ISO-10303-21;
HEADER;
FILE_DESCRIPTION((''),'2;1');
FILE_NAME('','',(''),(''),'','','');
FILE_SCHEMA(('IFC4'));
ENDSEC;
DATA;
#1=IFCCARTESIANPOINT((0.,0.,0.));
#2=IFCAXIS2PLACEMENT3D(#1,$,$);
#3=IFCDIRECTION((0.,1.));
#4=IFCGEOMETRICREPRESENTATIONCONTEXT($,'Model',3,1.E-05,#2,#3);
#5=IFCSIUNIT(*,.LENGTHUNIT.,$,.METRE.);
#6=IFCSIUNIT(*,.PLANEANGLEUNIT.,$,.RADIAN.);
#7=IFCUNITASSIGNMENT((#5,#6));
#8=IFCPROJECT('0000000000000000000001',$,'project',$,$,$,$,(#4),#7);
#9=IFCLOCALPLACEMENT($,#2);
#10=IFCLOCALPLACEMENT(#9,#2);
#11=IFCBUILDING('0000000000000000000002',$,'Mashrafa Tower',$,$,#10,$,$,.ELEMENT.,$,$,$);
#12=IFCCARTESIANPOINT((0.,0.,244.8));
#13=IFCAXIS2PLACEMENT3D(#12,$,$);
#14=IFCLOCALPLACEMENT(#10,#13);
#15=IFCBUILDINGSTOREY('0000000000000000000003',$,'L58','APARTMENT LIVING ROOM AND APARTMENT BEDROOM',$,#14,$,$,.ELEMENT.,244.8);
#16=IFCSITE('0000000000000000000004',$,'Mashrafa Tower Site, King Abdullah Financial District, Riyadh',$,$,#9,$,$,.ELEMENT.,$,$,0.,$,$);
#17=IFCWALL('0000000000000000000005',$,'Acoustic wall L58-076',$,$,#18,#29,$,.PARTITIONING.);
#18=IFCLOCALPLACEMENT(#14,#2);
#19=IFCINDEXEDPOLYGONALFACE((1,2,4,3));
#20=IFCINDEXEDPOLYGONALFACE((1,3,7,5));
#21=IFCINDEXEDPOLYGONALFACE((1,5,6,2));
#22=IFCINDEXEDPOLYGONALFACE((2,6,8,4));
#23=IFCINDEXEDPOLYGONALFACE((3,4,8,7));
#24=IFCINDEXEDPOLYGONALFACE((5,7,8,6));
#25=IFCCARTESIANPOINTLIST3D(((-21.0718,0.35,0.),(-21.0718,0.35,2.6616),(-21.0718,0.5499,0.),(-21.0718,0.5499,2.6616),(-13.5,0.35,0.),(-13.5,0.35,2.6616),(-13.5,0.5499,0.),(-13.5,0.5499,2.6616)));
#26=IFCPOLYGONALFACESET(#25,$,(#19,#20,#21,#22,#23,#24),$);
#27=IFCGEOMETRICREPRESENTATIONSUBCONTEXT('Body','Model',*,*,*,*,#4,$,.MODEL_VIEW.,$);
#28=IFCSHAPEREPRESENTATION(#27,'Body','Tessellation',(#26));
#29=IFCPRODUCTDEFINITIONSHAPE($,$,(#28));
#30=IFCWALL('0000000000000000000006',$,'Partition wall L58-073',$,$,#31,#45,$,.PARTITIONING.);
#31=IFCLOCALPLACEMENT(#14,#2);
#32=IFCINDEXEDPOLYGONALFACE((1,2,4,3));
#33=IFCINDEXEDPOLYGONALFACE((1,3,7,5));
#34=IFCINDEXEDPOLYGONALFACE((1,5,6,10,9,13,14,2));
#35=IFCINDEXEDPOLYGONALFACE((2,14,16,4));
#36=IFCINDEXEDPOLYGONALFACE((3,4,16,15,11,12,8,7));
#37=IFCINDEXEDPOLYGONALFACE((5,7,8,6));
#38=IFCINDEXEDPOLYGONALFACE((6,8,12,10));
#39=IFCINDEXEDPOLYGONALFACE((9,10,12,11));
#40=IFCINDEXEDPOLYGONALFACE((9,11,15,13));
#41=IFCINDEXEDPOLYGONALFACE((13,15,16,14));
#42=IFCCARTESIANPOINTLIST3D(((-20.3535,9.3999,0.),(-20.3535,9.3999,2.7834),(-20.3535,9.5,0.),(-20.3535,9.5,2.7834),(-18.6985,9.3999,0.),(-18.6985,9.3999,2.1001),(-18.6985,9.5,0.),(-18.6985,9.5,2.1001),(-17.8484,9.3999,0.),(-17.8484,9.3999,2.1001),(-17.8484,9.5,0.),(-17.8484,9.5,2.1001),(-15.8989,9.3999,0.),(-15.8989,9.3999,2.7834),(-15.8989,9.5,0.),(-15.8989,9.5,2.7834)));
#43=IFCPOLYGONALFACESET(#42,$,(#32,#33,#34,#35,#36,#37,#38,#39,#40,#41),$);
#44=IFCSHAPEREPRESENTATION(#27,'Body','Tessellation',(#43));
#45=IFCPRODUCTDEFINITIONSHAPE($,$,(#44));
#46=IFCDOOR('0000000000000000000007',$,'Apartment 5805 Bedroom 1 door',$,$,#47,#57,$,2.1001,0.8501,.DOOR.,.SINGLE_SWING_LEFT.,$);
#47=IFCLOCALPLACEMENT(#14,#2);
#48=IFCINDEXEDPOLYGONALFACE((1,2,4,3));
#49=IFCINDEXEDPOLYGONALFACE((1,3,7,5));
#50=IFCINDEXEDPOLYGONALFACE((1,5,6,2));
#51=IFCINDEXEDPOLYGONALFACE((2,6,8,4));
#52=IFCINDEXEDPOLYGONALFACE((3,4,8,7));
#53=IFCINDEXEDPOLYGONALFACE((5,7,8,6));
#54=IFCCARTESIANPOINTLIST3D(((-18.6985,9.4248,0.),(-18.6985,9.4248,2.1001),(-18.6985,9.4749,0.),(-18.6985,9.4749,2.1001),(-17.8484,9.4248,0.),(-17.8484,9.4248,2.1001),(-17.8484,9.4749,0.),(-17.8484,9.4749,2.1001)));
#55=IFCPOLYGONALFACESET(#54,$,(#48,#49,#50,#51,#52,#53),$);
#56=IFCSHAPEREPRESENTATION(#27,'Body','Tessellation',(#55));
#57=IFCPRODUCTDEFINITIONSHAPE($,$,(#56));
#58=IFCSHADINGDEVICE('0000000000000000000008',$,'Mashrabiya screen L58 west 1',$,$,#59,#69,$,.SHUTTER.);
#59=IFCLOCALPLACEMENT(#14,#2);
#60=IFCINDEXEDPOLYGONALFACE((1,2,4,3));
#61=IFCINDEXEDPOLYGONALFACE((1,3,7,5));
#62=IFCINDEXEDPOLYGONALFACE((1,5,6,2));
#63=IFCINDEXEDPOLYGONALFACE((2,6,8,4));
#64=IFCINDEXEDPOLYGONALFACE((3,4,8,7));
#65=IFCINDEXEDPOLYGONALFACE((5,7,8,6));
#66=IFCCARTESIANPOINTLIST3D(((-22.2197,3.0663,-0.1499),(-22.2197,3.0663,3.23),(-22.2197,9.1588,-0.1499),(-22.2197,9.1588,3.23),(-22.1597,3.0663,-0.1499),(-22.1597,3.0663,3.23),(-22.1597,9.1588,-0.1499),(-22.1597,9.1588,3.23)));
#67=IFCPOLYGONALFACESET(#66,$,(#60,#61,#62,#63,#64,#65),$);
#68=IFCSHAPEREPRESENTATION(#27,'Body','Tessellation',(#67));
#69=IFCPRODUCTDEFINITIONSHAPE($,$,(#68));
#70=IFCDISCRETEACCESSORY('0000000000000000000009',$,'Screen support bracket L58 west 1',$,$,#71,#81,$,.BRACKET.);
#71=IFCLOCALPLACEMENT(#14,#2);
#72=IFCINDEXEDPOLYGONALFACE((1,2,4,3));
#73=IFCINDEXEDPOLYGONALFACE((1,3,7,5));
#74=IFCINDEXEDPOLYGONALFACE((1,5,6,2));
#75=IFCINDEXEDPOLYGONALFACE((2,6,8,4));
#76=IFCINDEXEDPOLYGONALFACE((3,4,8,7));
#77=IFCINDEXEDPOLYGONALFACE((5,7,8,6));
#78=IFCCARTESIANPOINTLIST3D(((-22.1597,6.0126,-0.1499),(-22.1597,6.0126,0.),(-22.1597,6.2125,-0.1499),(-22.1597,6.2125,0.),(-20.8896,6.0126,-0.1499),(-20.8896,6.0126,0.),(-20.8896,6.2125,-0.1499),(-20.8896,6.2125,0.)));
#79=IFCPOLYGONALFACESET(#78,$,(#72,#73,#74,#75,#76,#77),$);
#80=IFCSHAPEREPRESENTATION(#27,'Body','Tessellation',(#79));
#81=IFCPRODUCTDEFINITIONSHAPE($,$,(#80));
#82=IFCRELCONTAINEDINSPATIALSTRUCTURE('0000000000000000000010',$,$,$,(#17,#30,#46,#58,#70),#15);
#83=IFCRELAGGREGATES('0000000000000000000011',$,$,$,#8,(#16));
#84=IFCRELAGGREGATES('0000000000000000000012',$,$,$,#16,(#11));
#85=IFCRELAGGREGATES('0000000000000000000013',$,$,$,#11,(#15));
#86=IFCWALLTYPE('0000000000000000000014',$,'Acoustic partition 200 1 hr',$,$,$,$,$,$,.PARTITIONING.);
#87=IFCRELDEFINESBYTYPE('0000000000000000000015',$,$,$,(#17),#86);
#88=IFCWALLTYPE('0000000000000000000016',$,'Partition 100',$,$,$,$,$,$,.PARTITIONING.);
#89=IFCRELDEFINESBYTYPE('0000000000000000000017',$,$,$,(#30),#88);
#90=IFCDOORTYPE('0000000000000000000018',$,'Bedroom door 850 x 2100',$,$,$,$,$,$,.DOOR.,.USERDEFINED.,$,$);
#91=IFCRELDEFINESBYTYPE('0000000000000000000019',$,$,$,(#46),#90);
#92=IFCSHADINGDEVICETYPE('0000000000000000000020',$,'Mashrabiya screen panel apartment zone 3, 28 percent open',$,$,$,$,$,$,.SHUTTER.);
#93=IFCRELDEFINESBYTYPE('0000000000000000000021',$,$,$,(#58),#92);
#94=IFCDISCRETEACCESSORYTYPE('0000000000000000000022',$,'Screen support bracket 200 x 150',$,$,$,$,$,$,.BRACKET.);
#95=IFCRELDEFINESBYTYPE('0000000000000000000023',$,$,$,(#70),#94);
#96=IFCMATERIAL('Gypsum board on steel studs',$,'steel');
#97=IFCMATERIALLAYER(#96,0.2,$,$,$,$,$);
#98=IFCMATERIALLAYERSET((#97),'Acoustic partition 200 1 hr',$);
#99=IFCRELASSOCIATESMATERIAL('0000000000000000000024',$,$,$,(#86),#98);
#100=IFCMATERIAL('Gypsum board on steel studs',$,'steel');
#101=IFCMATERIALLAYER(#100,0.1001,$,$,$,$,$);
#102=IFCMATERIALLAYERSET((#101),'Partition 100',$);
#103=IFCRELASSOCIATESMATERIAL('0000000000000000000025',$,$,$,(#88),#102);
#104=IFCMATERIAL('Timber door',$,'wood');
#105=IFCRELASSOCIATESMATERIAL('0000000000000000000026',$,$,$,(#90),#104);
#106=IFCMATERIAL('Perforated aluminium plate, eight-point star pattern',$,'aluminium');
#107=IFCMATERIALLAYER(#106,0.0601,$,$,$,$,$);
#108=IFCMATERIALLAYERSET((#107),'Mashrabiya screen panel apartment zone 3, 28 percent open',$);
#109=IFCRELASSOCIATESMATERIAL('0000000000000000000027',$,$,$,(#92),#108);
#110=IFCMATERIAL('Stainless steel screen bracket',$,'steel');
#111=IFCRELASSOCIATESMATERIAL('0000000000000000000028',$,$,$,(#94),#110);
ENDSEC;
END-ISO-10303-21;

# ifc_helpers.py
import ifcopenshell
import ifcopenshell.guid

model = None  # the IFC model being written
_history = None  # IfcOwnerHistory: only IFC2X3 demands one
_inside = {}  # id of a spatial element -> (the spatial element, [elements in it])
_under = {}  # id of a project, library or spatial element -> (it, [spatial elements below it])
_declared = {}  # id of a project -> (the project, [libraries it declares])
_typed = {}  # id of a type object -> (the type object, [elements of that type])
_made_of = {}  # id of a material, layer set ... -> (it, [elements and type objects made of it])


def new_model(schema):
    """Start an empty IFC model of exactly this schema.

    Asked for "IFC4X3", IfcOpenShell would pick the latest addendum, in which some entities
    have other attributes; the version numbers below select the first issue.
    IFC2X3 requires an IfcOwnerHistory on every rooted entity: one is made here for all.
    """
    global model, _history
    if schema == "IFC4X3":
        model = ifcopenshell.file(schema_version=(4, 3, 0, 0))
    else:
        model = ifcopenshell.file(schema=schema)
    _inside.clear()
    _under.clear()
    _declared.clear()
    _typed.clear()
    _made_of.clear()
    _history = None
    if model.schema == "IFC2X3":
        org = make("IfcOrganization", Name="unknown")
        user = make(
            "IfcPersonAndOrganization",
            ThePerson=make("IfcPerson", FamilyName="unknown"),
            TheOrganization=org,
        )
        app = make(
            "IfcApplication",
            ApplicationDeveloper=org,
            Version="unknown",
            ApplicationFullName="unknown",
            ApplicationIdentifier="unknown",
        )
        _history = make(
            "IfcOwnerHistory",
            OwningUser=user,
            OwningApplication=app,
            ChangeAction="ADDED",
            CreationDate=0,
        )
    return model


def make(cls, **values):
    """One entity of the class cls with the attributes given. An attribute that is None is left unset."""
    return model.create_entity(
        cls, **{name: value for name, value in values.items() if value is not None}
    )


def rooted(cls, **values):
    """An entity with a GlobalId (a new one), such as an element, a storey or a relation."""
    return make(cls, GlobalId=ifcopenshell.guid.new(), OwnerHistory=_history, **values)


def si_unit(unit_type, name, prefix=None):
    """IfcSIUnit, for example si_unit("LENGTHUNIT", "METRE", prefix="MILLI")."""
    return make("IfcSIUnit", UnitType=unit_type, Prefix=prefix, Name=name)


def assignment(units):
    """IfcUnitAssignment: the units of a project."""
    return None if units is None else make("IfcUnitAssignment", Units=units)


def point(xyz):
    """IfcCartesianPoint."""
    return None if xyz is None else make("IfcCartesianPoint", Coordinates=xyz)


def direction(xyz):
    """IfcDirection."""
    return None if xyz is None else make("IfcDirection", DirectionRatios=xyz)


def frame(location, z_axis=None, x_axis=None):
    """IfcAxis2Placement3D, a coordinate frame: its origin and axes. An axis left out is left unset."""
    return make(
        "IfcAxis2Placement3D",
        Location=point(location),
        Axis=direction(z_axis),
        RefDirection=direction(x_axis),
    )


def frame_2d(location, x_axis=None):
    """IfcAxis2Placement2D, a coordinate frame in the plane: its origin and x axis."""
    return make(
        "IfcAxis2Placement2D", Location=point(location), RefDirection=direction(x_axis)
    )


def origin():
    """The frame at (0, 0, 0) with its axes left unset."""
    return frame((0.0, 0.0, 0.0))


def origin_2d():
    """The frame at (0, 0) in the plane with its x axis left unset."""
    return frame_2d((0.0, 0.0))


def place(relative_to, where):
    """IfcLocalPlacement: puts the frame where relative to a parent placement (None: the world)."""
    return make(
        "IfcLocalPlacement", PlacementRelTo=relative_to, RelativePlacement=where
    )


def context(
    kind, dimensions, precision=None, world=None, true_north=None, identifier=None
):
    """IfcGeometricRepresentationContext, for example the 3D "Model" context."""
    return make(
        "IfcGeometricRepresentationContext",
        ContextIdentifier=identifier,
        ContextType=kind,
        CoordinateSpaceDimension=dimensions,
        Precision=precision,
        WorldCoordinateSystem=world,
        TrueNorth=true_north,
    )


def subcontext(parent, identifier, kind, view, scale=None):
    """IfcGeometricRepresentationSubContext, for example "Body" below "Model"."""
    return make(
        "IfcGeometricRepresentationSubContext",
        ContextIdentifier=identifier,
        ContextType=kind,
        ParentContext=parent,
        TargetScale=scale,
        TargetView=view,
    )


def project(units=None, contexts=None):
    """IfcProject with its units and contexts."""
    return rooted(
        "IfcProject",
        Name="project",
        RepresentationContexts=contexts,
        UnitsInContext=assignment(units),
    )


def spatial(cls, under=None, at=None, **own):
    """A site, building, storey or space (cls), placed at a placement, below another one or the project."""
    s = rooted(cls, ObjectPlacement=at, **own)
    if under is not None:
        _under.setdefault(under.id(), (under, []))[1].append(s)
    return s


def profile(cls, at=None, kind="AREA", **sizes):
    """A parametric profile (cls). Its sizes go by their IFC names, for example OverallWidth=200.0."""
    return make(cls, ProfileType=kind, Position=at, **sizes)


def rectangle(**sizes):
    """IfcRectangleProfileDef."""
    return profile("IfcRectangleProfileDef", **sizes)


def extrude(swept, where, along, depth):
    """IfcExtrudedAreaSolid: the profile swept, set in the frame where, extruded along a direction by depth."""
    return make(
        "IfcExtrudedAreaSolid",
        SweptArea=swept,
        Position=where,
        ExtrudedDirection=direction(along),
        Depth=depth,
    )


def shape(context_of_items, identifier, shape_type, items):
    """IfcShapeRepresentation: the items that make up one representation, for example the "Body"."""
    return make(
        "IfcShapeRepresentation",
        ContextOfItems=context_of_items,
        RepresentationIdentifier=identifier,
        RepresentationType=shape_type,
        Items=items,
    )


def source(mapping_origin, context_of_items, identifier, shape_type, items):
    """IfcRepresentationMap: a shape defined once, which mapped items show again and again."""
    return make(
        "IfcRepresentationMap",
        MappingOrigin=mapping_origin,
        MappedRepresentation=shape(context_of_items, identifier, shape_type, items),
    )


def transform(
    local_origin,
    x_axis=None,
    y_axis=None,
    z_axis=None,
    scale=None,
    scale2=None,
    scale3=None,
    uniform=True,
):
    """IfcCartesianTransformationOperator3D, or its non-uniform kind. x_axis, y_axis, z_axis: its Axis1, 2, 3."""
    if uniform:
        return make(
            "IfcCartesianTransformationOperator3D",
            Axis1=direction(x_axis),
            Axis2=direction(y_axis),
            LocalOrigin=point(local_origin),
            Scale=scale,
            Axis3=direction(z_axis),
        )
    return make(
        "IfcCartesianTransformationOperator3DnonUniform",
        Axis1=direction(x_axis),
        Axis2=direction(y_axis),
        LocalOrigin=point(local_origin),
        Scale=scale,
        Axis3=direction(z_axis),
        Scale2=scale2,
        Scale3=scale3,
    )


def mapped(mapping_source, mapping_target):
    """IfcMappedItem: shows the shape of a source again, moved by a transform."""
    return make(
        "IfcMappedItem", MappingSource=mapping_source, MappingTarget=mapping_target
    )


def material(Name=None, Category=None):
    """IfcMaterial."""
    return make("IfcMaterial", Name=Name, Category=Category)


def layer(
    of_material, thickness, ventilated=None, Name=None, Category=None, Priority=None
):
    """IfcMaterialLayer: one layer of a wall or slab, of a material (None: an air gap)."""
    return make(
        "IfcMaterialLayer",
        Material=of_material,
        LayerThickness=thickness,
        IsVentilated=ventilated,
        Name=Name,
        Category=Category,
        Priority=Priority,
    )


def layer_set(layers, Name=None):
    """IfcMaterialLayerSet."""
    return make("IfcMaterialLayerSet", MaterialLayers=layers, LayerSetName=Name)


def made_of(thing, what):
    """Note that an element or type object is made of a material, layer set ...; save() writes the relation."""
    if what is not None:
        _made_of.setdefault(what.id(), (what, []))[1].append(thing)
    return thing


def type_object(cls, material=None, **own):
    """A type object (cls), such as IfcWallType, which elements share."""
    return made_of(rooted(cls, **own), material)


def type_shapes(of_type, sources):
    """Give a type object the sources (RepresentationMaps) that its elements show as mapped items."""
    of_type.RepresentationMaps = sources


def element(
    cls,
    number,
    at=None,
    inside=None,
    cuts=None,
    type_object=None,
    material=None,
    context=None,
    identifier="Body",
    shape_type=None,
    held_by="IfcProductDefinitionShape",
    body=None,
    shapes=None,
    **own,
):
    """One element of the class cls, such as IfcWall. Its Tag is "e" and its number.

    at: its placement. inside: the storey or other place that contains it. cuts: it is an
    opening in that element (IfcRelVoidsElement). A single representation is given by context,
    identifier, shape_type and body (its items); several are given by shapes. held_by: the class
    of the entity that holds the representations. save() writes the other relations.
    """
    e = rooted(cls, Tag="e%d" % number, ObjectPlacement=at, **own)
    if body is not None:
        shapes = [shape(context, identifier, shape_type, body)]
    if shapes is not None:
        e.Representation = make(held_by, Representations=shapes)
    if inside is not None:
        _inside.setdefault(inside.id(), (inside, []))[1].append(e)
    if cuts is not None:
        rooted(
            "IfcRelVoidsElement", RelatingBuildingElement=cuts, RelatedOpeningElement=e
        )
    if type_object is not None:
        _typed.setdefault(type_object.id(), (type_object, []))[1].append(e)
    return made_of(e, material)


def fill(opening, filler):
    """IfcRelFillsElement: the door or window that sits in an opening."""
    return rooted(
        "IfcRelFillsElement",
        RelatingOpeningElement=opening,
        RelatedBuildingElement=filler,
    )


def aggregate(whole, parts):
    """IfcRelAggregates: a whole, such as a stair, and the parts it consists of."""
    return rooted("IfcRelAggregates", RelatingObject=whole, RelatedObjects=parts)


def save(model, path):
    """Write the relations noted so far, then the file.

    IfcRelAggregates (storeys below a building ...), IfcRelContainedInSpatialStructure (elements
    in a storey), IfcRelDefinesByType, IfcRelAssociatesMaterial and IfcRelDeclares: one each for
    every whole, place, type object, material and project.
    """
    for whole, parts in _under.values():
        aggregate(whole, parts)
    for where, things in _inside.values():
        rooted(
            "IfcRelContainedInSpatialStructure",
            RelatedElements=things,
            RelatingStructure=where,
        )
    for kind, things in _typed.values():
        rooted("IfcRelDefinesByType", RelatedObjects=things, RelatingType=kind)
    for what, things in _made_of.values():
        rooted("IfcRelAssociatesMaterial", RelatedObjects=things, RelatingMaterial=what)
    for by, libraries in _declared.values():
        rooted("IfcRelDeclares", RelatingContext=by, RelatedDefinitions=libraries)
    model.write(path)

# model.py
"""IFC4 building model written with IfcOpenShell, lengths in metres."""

from ifc_helpers import new_model, si_unit, direction, frame, frame_2d, origin, origin_2d, place, context, subcontext, project, spatial, rectangle, extrude, source, transform, mapped, material, layer, layer_set, type_object, type_shapes, element, fill, save


model = new_model("IFC4")

# Units and contexts
model_context = context("Model", 3, precision=1e-05, world=origin(), true_north=direction((0.0, 1.0)))
body_context = subcontext(model_context, "Body", "Model", "MODEL_VIEW")
ifc_project = project(units=[si_unit("LENGTHUNIT", "METRE"), si_unit("PLANEANGLEUNIT", "RADIAN")], contexts=[model_context])

# Site, building, storey
site_placement = place(None, origin())
site = spatial("IfcSite", under=ifc_project, at=site_placement, Name="Mashrafa Tower Site, King Abdullah Financial District, Riyadh", CompositionType="ELEMENT", RefElevation=0.0)
building_placement = place(site_placement, origin())
building = spatial("IfcBuilding", under=site, at=building_placement, Name="Mashrafa Tower", CompositionType="ELEMENT")
storey_placement = place(building_placement, frame((0.0, 0.0, 244.8)))
storey = spatial("IfcBuildingStorey", under=building, at=storey_placement, Name="L58", Description="APARTMENT LIVING ROOM AND APARTMENT BEDROOM", CompositionType="ELEMENT", Elevation=244.8)

# Wall
ifc_material_1 = material(Name="Gypsum board on steel studs", Category="steel")
ifc_layer_1 = layer(ifc_material_1, 0.2)
ifc_layer_set_1 = layer_set([ifc_layer_1], Name="Acoustic partition 200 1 hr")
wall_type_1 = type_object("IfcWallType", Name="Acoustic partition 200 1 hr", PredefinedType="PARTITIONING", material=ifc_layer_set_1)
wall_1_placement = place(storey_placement, frame((-21.0718, 0.45, 0.0), z_axis=(0.0, 0.0, 1.0), x_axis=(1.0, 0.0, 0.0)))
element("IfcWall", 1, at=wall_1_placement, inside=storey, type_object=wall_type_1, Name="Acoustic wall L58-076", PredefinedType="PARTITIONING", context=body_context, shape_type="SweptSolid", body=[
    extrude(rectangle(XDim=7.5718, YDim=0.2, at=frame_2d((3.7859, 0.0))), origin(), (0.0, 0.0, 1.0), 2.6616),
])

# Wall, opening, door
ifc_material_2 = material(Name="Gypsum board on steel studs", Category="steel")
ifc_layer_2 = layer(ifc_material_2, 0.1001)
ifc_layer_set_2 = layer_set([ifc_layer_2], Name="Partition 100")
wall_type_2 = type_object("IfcWallType", Name="Partition 100", PredefinedType="PARTITIONING", material=ifc_layer_set_2)
wall_2_placement = place(storey_placement, frame((-20.3535, 9.45, 0.0), z_axis=(0.0, 0.0, 1.0), x_axis=(1.0, 0.0, 0.0)))
wall_2 = element("IfcWall", 2, at=wall_2_placement, inside=storey, type_object=wall_type_2, Name="Partition wall L58-073", PredefinedType="PARTITIONING", context=body_context, shape_type="SweptSolid", body=[
    extrude(rectangle(XDim=4.4546, YDim=0.1001, at=frame_2d((2.2273, 0.0))), origin(), (0.0, 0.0, 1.0), 2.7834),
])
opening_placement = place(wall_2_placement, frame((1.655, 0.0, 0.0)))
opening = element("IfcOpeningElement", 3, at=opening_placement, cuts=wall_2, PredefinedType="OPENING", context=body_context, shape_type="SweptSolid", body=[
    extrude(rectangle(XDim=0.8501, YDim=2.1001, at=frame_2d((0.425, 1.05))), frame((0.0, 0.0601, 0.0), z_axis=(0.0, -1.0, 0.0), x_axis=(1.0, 0.0, 0.0)), (0.0, 0.0, 1.0), 0.1201),
])
ifc_material_3 = material(Name="Timber door", Category="wood")
door_type = type_object("IfcDoorType", Name="Bedroom door 850 x 2100", OperationType="USERDEFINED", PredefinedType="DOOR", material=ifc_material_3)
door_placement = place(opening_placement, origin())
door = element("IfcDoor", 4, at=door_placement, inside=storey, type_object=door_type, Name="Apartment 5805 Bedroom 1 door", OperationType="SINGLE_SWING_LEFT", OverallHeight=2.1001, OverallWidth=0.8501, PredefinedType="DOOR", context=body_context, shape_type="SweptSolid", body=[
    extrude(rectangle(XDim=0.8501, YDim=2.1001, at=frame_2d((0.425, 1.05))), frame((0.0, 0.0249, 0.0), z_axis=(0.0, -1.0, 0.0), x_axis=(1.0, 0.0, 0.0)), (0.0, 0.0, 1.0), 0.05),
])
fill(opening, door)

# Shading device
ifc_material_4 = material(Name="Perforated aluminium plate, eight-point star pattern", Category="aluminium")
ifc_layer_3 = layer(ifc_material_4, 0.0601)
ifc_layer_set_3 = layer_set([ifc_layer_3], Name="Mashrabiya screen panel apartment zone 3, 28 percent open")
shading_device_type = type_object("IfcShadingDeviceType", Name="Mashrabiya screen panel apartment zone 3, 28 percent open", PredefinedType="SHUTTER", material=ifc_layer_set_3)
shared_shape_1 = source(origin(), body_context, "Body", "SweptSolid", [
    extrude(rectangle(XDim=6.0925, YDim=0.0601, at=origin_2d()), origin(), (0.0, 0.0, 1.0), 3.3799),
])
type_shapes(shading_device_type, [shared_shape_1])
shading_device_placement = place(storey_placement, frame((-22.1897, 6.1125, -0.1499), z_axis=(0.0, 0.0, 1.0), x_axis=(0.0, -1.0, 0.0)))
element("IfcShadingDevice", 5, at=shading_device_placement, inside=storey, type_object=shading_device_type, Name="Mashrabiya screen L58 west 1", PredefinedType="SHUTTER", context=body_context, shape_type="MappedRepresentation", body=[
    mapped(shared_shape_1, transform((0.0, 0.0, 0.0))),
])

# Discrete accessory
ifc_material_5 = material(Name="Stainless steel screen bracket", Category="steel")
discrete_accessory_type = type_object("IfcDiscreteAccessoryType", Name="Screen support bracket 200 x 150", PredefinedType="BRACKET", material=ifc_material_5)
shared_shape_2 = source(origin(), body_context, "Body", "SweptSolid", [
    extrude(rectangle(XDim=0.2, YDim=1.27, at=origin_2d()), origin(), (0.0, 0.0, 1.0), 0.1499),
])
type_shapes(discrete_accessory_type, [shared_shape_2])
discrete_accessory_placement = place(storey_placement, frame((-21.5247, 6.1125, -0.1499), z_axis=(0.0, 0.0, 1.0), x_axis=(0.0, -1.0, 0.0)))
element("IfcDiscreteAccessory", 6, at=discrete_accessory_placement, inside=storey, type_object=discrete_accessory_type, Name="Screen support bracket L58 west 1", PredefinedType="BRACKET", context=body_context, shape_type="MappedRepresentation", body=[
    mapped(shared_shape_2, transform((0.0, 0.0, 0.0))),
])

save(model, "model.ifc")
